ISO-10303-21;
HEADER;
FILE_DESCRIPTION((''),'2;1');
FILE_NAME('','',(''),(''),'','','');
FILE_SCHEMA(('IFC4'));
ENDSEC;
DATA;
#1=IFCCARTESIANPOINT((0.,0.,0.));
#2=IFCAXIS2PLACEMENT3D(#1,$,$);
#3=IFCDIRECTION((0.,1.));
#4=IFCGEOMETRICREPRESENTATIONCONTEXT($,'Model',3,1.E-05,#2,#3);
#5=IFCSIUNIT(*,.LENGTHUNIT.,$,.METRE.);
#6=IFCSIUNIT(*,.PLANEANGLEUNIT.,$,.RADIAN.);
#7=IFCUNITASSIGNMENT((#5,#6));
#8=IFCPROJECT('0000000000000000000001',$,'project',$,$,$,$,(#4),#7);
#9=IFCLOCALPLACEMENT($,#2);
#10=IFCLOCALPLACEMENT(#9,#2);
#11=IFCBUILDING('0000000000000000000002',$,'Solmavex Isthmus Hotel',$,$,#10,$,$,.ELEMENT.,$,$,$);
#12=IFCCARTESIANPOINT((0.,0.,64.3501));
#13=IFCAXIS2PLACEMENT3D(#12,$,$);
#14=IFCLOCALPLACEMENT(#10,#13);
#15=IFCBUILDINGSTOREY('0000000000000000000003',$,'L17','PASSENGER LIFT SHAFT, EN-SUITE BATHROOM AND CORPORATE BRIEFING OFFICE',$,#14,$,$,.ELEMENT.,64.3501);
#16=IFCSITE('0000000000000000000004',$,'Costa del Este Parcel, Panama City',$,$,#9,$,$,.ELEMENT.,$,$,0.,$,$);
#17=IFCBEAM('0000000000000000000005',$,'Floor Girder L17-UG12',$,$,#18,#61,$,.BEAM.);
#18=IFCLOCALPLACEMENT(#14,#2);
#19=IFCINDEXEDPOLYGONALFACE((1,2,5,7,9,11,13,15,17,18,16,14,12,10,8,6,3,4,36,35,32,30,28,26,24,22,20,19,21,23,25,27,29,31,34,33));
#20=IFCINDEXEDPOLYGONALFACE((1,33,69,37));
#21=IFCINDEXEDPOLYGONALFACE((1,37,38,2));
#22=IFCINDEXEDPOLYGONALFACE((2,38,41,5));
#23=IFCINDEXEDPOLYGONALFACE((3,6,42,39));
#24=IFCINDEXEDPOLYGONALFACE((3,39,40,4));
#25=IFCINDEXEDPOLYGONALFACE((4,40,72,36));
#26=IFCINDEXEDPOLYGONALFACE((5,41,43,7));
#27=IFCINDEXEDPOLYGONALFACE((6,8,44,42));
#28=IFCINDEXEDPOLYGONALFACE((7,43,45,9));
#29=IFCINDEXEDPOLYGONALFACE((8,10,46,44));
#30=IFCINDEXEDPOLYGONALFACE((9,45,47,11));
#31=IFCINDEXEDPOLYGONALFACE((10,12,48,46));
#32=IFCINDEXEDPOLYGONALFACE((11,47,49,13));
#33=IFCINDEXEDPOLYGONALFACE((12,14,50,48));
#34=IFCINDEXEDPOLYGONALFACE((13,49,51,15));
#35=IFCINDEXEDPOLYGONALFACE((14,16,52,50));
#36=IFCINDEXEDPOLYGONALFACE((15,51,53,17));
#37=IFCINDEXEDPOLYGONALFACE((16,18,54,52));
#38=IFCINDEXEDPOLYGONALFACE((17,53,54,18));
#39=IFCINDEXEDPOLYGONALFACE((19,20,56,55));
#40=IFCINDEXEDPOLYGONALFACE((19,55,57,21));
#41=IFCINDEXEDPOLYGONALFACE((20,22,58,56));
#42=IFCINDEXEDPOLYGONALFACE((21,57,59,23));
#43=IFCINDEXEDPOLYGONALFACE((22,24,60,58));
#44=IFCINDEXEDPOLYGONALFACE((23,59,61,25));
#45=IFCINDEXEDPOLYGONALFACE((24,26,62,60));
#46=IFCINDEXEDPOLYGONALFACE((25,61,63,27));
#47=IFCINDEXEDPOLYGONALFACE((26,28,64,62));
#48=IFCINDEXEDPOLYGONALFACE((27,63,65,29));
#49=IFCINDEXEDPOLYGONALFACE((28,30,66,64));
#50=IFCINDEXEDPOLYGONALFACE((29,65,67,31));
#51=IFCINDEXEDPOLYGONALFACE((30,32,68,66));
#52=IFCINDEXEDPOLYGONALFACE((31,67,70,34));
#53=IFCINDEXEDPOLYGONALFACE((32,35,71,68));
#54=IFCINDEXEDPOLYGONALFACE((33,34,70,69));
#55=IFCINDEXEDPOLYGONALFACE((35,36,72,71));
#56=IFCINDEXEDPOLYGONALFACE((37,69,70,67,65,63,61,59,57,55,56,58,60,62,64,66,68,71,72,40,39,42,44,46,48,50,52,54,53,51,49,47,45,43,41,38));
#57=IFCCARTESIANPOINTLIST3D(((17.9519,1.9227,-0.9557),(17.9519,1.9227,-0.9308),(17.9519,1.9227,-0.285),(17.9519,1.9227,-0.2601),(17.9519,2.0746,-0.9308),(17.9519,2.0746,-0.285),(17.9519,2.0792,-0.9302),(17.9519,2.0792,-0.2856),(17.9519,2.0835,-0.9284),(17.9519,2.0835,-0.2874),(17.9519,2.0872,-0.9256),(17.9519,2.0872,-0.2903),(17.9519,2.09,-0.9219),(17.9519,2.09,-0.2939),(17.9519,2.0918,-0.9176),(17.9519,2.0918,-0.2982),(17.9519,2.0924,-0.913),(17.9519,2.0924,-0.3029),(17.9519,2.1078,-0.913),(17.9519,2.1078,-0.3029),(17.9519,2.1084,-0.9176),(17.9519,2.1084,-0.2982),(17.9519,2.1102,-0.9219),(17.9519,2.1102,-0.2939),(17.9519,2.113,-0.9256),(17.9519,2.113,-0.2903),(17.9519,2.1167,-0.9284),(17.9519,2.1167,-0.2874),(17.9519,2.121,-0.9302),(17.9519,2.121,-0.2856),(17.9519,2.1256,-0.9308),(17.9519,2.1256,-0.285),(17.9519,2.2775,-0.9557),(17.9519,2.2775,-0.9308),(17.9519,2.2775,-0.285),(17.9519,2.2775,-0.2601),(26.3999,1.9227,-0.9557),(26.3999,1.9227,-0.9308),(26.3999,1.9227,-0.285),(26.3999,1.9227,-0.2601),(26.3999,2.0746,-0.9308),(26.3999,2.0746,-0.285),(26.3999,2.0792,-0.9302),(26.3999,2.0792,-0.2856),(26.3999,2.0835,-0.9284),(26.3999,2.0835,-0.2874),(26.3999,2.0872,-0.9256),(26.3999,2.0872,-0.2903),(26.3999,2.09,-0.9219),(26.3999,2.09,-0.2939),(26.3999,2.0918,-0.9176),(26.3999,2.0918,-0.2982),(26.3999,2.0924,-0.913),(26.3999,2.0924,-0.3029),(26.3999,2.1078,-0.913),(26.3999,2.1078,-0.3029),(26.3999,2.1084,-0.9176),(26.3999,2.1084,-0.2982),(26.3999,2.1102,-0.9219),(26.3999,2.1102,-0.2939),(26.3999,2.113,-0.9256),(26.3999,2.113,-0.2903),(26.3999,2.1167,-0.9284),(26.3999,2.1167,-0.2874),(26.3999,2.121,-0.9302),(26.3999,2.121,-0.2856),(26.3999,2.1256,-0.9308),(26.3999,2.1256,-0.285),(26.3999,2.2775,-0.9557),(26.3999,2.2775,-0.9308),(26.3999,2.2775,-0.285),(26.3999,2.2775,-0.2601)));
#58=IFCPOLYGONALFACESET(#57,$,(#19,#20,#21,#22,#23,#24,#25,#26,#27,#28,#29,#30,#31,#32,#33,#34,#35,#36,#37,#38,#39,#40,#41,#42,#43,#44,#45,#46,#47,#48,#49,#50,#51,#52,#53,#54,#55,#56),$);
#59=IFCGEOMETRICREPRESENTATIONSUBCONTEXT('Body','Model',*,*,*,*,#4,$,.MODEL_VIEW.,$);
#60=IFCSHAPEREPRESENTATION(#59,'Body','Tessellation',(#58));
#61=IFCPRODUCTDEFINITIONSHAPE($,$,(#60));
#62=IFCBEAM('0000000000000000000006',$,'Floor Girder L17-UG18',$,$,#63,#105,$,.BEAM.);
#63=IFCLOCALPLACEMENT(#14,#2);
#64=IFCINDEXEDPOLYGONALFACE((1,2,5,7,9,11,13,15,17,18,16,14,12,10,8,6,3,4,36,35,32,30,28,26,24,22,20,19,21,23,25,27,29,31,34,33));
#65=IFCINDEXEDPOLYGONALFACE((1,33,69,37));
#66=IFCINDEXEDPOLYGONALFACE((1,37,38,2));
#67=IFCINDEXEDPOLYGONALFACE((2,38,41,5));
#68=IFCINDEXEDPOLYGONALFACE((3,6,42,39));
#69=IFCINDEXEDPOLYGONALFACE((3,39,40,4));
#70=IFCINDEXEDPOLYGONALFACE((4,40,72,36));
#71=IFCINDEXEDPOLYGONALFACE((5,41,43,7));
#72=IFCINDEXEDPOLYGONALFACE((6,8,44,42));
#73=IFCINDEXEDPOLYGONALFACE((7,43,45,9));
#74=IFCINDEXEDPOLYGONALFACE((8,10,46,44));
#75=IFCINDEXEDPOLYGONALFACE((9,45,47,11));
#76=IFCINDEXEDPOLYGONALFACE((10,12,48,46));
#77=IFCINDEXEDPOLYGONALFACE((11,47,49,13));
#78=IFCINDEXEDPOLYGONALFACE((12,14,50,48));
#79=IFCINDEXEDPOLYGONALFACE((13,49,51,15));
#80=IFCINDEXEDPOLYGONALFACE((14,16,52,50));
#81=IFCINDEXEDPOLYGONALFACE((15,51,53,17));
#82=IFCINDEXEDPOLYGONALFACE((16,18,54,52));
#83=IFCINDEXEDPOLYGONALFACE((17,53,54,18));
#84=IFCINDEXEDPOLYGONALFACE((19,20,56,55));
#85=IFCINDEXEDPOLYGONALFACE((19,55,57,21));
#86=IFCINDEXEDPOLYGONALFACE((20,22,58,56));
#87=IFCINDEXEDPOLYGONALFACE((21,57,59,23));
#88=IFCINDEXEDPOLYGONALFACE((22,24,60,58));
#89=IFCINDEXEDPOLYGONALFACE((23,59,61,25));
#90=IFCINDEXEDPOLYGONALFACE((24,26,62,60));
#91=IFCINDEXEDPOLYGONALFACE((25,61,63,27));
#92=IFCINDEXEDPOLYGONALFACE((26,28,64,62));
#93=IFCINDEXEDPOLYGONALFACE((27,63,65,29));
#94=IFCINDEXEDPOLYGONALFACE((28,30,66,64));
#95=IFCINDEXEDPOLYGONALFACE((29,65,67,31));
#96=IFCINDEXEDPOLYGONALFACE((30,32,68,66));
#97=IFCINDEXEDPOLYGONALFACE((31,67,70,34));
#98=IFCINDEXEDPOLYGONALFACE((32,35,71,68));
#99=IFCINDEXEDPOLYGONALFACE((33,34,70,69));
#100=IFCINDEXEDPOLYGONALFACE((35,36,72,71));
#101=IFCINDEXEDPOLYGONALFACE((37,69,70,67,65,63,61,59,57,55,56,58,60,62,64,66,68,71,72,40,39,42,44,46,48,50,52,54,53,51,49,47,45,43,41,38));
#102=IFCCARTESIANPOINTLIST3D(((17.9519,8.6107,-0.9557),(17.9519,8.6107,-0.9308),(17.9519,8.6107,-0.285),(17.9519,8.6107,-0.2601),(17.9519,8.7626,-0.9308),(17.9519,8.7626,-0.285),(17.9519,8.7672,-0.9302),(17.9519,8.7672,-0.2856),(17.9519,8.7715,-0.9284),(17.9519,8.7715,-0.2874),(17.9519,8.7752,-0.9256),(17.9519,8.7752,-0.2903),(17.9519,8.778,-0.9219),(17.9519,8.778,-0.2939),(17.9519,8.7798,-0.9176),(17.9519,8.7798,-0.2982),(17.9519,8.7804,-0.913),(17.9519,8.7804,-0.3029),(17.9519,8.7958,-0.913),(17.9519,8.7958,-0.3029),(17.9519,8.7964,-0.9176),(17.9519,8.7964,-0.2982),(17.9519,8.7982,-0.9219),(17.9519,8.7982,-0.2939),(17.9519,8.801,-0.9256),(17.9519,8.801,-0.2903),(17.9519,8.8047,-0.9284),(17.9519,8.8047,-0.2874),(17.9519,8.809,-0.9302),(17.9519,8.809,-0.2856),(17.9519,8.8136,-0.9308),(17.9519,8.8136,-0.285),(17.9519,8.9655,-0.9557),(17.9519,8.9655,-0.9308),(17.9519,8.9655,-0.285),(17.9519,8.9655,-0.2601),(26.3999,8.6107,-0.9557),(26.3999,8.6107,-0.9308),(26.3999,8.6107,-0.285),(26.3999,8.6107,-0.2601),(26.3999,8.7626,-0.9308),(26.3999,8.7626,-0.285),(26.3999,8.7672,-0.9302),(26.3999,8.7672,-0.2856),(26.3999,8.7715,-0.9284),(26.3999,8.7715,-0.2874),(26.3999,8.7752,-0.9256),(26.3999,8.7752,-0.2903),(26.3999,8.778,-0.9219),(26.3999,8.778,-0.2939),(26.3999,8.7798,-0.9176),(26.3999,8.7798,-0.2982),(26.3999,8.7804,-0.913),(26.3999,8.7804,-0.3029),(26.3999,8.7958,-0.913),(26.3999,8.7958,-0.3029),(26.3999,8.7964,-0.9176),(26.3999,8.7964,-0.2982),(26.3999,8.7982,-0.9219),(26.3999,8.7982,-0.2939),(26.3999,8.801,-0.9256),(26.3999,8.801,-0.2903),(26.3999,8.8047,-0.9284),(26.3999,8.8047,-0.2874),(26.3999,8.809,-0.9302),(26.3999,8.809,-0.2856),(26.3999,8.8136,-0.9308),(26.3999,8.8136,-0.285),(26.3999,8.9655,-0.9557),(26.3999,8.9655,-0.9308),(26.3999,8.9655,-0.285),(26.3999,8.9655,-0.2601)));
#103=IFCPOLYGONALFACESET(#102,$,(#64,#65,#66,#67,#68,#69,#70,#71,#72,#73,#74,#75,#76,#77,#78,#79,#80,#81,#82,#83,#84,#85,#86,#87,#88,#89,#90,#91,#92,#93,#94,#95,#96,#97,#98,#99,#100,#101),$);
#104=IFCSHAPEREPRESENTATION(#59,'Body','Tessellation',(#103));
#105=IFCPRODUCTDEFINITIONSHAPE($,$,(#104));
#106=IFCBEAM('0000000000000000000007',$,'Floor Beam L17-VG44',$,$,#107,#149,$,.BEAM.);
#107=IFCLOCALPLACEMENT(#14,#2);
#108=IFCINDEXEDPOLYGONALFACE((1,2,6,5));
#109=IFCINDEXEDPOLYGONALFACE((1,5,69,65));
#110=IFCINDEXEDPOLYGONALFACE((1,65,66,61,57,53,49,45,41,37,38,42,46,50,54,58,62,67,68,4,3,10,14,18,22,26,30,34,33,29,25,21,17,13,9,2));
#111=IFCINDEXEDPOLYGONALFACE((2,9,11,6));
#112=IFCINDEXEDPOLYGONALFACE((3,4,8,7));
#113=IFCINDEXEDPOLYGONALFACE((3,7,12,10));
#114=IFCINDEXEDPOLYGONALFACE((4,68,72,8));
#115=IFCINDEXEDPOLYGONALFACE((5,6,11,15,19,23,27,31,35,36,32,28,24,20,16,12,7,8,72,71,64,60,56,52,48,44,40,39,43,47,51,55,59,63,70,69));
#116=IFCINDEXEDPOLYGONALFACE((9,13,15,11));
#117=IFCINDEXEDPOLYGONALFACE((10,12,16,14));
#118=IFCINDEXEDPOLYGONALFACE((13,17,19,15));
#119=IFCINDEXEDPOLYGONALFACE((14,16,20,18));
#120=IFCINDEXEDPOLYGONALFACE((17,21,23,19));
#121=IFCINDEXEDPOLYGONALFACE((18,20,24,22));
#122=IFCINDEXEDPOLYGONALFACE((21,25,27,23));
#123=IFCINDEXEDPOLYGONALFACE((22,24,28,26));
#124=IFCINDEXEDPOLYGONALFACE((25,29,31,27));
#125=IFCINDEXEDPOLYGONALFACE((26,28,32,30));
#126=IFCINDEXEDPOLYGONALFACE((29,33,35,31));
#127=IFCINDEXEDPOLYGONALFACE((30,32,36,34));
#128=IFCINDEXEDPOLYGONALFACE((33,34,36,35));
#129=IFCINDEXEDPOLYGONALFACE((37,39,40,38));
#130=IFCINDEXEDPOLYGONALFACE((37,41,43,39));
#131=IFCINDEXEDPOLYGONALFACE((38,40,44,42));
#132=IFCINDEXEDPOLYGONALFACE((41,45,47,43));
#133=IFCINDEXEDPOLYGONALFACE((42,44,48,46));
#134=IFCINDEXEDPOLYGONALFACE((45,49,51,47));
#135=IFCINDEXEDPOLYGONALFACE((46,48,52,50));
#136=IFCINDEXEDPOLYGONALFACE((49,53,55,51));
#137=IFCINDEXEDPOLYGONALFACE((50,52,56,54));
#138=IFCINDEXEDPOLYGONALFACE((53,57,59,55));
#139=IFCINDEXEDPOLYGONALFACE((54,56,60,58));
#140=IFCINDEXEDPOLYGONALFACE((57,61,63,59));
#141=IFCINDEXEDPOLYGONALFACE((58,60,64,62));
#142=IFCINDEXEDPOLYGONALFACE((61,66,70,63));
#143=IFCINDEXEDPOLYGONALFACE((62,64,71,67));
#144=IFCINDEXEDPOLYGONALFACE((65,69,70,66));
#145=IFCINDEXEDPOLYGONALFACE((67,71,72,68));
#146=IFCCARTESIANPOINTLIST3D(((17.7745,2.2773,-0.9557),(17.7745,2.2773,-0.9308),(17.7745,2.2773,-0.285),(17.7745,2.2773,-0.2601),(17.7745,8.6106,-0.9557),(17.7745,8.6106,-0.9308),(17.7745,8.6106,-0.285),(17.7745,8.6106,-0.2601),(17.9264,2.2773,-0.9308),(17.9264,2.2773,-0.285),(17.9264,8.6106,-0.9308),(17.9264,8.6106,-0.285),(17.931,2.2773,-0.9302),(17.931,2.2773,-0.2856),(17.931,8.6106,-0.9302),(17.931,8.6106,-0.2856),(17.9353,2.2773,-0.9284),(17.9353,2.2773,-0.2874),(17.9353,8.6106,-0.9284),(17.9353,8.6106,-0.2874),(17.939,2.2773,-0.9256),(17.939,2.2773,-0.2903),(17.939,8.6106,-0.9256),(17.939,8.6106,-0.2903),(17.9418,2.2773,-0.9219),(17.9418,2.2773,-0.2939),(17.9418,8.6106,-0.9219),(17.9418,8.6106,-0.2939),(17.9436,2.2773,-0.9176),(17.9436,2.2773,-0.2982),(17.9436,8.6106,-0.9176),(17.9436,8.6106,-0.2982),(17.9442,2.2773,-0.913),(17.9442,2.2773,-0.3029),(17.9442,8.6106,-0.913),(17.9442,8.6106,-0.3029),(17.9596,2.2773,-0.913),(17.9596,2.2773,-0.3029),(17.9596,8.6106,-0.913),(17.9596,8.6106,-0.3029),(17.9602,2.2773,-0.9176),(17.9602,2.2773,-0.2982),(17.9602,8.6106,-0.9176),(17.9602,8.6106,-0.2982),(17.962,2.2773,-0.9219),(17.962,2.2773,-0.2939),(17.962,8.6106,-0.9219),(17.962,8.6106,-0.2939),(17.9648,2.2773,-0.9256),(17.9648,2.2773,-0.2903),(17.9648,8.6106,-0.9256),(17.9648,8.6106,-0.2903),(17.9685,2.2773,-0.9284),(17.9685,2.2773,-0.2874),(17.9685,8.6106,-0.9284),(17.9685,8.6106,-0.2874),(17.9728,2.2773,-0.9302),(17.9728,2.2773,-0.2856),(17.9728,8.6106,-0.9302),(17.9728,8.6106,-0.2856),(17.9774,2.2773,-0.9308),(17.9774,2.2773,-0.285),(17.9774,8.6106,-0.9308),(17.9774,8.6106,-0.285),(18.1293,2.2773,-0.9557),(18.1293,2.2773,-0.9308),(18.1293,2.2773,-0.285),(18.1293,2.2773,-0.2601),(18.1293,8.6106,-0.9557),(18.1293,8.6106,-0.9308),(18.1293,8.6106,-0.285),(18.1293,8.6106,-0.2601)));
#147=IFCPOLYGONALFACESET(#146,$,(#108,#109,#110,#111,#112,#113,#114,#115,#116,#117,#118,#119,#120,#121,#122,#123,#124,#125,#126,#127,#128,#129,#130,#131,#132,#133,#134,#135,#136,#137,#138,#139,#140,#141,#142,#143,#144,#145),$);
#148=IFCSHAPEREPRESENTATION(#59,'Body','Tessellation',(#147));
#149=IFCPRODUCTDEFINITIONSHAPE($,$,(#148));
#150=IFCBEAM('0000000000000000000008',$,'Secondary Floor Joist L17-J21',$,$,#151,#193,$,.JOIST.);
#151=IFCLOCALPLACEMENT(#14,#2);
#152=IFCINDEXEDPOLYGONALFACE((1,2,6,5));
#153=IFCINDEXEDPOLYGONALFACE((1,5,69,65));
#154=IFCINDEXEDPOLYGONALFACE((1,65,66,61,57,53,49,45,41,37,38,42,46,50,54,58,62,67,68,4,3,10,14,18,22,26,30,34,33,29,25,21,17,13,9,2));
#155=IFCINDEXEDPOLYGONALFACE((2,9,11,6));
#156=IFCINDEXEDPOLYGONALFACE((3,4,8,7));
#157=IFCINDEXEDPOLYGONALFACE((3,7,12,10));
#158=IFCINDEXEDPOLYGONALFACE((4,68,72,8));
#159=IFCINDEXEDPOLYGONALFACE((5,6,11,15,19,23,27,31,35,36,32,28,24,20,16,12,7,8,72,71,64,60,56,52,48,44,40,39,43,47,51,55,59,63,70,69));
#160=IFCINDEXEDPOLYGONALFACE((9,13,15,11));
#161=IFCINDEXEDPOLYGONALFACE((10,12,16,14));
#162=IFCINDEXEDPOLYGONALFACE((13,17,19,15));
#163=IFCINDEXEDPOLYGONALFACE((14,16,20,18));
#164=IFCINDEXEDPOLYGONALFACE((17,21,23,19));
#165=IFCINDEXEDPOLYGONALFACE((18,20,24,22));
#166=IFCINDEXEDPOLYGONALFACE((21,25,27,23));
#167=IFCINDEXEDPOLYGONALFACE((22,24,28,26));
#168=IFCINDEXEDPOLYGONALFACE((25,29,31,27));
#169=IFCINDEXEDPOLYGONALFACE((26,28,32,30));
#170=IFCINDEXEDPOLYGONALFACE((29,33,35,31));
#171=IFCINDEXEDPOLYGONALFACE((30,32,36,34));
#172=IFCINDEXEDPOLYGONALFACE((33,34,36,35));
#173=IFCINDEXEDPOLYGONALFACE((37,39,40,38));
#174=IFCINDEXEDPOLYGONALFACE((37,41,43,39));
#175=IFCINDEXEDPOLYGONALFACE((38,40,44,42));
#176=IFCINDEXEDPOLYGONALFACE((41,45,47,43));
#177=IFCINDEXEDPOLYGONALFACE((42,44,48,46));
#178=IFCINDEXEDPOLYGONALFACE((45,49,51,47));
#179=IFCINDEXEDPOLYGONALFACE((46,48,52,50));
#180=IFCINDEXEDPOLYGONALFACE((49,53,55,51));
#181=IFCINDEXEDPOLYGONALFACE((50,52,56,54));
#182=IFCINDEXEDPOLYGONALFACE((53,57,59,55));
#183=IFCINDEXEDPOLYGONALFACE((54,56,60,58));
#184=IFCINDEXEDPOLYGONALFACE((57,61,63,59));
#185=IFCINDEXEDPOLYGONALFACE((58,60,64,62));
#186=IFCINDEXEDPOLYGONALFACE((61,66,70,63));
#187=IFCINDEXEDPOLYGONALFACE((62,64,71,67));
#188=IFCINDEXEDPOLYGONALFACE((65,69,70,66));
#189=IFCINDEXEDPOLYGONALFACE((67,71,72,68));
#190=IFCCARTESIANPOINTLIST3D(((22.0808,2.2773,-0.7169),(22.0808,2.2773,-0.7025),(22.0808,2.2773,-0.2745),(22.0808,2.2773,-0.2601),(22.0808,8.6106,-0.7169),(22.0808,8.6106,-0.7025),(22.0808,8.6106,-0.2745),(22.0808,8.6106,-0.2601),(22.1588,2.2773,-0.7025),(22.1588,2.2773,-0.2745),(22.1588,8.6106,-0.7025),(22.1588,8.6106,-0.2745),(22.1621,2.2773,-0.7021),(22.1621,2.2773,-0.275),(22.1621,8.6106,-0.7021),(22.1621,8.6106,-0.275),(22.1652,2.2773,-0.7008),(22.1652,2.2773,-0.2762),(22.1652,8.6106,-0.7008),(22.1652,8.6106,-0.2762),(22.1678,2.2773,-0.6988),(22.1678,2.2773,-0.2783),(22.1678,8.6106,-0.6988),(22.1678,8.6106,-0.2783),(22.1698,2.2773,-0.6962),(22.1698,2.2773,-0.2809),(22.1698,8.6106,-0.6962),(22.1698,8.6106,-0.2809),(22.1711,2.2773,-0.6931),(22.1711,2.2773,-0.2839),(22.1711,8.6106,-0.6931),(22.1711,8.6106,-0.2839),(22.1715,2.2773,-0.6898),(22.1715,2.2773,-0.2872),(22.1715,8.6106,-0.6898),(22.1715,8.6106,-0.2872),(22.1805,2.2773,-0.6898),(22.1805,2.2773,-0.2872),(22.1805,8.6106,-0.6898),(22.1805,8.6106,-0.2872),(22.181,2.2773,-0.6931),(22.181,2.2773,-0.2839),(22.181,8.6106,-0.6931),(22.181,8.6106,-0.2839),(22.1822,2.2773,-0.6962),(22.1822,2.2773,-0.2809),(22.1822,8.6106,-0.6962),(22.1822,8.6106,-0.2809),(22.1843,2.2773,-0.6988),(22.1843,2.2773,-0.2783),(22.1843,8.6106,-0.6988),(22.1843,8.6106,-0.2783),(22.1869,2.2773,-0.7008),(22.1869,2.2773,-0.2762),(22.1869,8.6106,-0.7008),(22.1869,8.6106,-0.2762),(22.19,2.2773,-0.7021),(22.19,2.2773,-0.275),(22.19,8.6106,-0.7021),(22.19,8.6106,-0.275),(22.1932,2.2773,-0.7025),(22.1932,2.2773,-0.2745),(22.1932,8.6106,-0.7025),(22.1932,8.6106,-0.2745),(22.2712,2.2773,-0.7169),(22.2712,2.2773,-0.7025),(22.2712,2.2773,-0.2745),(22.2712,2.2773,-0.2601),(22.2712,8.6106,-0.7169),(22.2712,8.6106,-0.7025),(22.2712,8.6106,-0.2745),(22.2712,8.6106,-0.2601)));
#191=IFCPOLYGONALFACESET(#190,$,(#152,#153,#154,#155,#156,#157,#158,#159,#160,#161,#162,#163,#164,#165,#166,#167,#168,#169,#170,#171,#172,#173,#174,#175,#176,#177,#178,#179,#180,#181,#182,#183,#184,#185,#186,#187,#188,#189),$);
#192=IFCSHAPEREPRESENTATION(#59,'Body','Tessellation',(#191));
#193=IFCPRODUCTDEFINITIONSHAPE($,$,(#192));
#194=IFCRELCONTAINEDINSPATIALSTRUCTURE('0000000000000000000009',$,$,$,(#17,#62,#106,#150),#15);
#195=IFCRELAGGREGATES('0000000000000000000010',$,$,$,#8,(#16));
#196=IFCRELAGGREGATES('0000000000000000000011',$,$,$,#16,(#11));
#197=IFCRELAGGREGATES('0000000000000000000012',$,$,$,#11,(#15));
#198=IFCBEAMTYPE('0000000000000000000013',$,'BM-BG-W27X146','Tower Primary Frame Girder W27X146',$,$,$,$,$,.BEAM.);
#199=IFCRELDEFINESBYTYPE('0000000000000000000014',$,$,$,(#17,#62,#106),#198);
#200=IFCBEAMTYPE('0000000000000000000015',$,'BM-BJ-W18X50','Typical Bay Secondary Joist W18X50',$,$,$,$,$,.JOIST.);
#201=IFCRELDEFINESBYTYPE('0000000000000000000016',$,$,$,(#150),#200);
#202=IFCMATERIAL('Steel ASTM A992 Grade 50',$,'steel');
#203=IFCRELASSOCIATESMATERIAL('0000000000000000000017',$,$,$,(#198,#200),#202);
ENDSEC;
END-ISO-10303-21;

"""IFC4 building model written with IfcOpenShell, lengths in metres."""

from ifc_helpers import new_model, si_unit, direction, frame, origin, origin_2d, place, context, subcontext, project, spatial, i_section, extrude, material, material_profile, profile_set, type_object, element, save


model = new_model("IFC4")

# Units and contexts
model_context = context("Model", 3, precision=1e-05, world=origin(), true_north=direction((0.0, 1.0)))
body_context = subcontext(model_context, "Body", "Model", "MODEL_VIEW")
ifc_project = project(units=[si_unit("LENGTHUNIT", "METRE"), si_unit("PLANEANGLEUNIT", "RADIAN")], contexts=[model_context])

# Site, building, storey
site_placement = place(None, origin())
site = spatial("IfcSite", under=ifc_project, at=site_placement, Name="Costa del Este Parcel, Panama City", CompositionType="ELEMENT", RefElevation=0.0)
building_placement = place(site_placement, origin())
building = spatial("IfcBuilding", under=site, at=building_placement, Name="Solmavex Isthmus Hotel", CompositionType="ELEMENT")
storey_placement = place(building_placement, frame((0.0, 0.0, 64.3501)))
storey = spatial("IfcBuildingStorey", under=building, at=storey_placement, Name="L17", Description="PASSENGER LIFT SHAFT, EN-SUITE BATHROOM AND CORPORATE BRIEFING OFFICE", CompositionType="ELEMENT", Elevation=64.3501)

# Beams
ifc_material_1 = material(Name="Steel ASTM A992 Grade 50", Category="steel")
ifc_material_profile_1 = material_profile(ifc_material_1, i_section(OverallWidth=0.3547, OverallDepth=0.6956, WebThickness=0.0154, FlangeThickness=0.0249, FilletRadius=0.0178, at=origin_2d()), Name="W27X146")
ifc_profile_set_1 = profile_set([ifc_material_profile_1], Name="Steel ASTM A992 Grade 50")
beam_type_1 = type_object("IfcBeamType", Name="BM-BG-W27X146", Description="Tower Primary Frame Girder W27X146", PredefinedType="BEAM", material=ifc_profile_set_1)
for number, where, z_axis, x_axis, name in (
    (1, (17.9519, 2.1001, -0.6079), (1.0, 0.0, 0.0), (0.0, 1.0, 0.0), "Floor Girder L17-UG12"),
    (2, (17.9519, 8.7881, -0.6079), (1.0, 0.0, 0.0), (0.0, 1.0, 0.0), "Floor Girder L17-UG18"),
):
    element("IfcBeam", number, at=place(storey_placement, frame(where, z_axis=z_axis, x_axis=x_axis)), inside=storey, type_object=beam_type_1, Name=name, PredefinedType="BEAM", context=body_context, shape_type="SweptSolid", body=[
        extrude(i_section(OverallWidth=0.3547, OverallDepth=0.6956, WebThickness=0.0154, FlangeThickness=0.0249, FilletRadius=0.0178, at=origin_2d()), origin(), (0.0, 0.0, 1.0), 8.448),
    ])
beam_1_placement = place(storey_placement, frame((17.9519, 2.2773, -0.6079), z_axis=(0.0, 1.0, 0.0), x_axis=(-1.0, 0.0, 0.0)))
element("IfcBeam", 3, at=beam_1_placement, inside=storey, type_object=beam_type_1, Name="Floor Beam L17-VG44", PredefinedType="BEAM", context=body_context, shape_type="SweptSolid", body=[
    extrude(i_section(OverallWidth=0.3547, OverallDepth=0.6956, WebThickness=0.0154, FlangeThickness=0.0249, FilletRadius=0.0178, at=origin_2d()), origin(), (0.0, 0.0, 1.0), 6.3333),
])
ifc_material_profile_2 = material_profile(ifc_material_1, i_section(OverallWidth=0.1904, OverallDepth=0.4568, WebThickness=0.009, FlangeThickness=0.0144, FilletRadius=0.0127, at=origin_2d()), Name="W18X50")
ifc_profile_set_2 = profile_set([ifc_material_profile_2], Name="Steel ASTM A992 Grade 50")
beam_type_2 = type_object("IfcBeamType", Name="BM-BJ-W18X50", Description="Typical Bay Secondary Joist W18X50", PredefinedType="JOIST", material=ifc_profile_set_2)
beam_2_placement = place(storey_placement, frame((22.176, 2.2773, -0.4885), z_axis=(0.0, 1.0, 0.0), x_axis=(-1.0, 0.0, 0.0)))
element("IfcBeam", 4, at=beam_2_placement, inside=storey, type_object=beam_type_2, Name="Secondary Floor Joist L17-J21", PredefinedType="JOIST", context=body_context, shape_type="SweptSolid", body=[
    extrude(i_section(OverallWidth=0.1904, OverallDepth=0.4568, WebThickness=0.009, FlangeThickness=0.0144, FilletRadius=0.0127, at=origin_2d()), origin(), (0.0, 0.0, 1.0), 6.3333),
])

save(model, "model.ifc")
